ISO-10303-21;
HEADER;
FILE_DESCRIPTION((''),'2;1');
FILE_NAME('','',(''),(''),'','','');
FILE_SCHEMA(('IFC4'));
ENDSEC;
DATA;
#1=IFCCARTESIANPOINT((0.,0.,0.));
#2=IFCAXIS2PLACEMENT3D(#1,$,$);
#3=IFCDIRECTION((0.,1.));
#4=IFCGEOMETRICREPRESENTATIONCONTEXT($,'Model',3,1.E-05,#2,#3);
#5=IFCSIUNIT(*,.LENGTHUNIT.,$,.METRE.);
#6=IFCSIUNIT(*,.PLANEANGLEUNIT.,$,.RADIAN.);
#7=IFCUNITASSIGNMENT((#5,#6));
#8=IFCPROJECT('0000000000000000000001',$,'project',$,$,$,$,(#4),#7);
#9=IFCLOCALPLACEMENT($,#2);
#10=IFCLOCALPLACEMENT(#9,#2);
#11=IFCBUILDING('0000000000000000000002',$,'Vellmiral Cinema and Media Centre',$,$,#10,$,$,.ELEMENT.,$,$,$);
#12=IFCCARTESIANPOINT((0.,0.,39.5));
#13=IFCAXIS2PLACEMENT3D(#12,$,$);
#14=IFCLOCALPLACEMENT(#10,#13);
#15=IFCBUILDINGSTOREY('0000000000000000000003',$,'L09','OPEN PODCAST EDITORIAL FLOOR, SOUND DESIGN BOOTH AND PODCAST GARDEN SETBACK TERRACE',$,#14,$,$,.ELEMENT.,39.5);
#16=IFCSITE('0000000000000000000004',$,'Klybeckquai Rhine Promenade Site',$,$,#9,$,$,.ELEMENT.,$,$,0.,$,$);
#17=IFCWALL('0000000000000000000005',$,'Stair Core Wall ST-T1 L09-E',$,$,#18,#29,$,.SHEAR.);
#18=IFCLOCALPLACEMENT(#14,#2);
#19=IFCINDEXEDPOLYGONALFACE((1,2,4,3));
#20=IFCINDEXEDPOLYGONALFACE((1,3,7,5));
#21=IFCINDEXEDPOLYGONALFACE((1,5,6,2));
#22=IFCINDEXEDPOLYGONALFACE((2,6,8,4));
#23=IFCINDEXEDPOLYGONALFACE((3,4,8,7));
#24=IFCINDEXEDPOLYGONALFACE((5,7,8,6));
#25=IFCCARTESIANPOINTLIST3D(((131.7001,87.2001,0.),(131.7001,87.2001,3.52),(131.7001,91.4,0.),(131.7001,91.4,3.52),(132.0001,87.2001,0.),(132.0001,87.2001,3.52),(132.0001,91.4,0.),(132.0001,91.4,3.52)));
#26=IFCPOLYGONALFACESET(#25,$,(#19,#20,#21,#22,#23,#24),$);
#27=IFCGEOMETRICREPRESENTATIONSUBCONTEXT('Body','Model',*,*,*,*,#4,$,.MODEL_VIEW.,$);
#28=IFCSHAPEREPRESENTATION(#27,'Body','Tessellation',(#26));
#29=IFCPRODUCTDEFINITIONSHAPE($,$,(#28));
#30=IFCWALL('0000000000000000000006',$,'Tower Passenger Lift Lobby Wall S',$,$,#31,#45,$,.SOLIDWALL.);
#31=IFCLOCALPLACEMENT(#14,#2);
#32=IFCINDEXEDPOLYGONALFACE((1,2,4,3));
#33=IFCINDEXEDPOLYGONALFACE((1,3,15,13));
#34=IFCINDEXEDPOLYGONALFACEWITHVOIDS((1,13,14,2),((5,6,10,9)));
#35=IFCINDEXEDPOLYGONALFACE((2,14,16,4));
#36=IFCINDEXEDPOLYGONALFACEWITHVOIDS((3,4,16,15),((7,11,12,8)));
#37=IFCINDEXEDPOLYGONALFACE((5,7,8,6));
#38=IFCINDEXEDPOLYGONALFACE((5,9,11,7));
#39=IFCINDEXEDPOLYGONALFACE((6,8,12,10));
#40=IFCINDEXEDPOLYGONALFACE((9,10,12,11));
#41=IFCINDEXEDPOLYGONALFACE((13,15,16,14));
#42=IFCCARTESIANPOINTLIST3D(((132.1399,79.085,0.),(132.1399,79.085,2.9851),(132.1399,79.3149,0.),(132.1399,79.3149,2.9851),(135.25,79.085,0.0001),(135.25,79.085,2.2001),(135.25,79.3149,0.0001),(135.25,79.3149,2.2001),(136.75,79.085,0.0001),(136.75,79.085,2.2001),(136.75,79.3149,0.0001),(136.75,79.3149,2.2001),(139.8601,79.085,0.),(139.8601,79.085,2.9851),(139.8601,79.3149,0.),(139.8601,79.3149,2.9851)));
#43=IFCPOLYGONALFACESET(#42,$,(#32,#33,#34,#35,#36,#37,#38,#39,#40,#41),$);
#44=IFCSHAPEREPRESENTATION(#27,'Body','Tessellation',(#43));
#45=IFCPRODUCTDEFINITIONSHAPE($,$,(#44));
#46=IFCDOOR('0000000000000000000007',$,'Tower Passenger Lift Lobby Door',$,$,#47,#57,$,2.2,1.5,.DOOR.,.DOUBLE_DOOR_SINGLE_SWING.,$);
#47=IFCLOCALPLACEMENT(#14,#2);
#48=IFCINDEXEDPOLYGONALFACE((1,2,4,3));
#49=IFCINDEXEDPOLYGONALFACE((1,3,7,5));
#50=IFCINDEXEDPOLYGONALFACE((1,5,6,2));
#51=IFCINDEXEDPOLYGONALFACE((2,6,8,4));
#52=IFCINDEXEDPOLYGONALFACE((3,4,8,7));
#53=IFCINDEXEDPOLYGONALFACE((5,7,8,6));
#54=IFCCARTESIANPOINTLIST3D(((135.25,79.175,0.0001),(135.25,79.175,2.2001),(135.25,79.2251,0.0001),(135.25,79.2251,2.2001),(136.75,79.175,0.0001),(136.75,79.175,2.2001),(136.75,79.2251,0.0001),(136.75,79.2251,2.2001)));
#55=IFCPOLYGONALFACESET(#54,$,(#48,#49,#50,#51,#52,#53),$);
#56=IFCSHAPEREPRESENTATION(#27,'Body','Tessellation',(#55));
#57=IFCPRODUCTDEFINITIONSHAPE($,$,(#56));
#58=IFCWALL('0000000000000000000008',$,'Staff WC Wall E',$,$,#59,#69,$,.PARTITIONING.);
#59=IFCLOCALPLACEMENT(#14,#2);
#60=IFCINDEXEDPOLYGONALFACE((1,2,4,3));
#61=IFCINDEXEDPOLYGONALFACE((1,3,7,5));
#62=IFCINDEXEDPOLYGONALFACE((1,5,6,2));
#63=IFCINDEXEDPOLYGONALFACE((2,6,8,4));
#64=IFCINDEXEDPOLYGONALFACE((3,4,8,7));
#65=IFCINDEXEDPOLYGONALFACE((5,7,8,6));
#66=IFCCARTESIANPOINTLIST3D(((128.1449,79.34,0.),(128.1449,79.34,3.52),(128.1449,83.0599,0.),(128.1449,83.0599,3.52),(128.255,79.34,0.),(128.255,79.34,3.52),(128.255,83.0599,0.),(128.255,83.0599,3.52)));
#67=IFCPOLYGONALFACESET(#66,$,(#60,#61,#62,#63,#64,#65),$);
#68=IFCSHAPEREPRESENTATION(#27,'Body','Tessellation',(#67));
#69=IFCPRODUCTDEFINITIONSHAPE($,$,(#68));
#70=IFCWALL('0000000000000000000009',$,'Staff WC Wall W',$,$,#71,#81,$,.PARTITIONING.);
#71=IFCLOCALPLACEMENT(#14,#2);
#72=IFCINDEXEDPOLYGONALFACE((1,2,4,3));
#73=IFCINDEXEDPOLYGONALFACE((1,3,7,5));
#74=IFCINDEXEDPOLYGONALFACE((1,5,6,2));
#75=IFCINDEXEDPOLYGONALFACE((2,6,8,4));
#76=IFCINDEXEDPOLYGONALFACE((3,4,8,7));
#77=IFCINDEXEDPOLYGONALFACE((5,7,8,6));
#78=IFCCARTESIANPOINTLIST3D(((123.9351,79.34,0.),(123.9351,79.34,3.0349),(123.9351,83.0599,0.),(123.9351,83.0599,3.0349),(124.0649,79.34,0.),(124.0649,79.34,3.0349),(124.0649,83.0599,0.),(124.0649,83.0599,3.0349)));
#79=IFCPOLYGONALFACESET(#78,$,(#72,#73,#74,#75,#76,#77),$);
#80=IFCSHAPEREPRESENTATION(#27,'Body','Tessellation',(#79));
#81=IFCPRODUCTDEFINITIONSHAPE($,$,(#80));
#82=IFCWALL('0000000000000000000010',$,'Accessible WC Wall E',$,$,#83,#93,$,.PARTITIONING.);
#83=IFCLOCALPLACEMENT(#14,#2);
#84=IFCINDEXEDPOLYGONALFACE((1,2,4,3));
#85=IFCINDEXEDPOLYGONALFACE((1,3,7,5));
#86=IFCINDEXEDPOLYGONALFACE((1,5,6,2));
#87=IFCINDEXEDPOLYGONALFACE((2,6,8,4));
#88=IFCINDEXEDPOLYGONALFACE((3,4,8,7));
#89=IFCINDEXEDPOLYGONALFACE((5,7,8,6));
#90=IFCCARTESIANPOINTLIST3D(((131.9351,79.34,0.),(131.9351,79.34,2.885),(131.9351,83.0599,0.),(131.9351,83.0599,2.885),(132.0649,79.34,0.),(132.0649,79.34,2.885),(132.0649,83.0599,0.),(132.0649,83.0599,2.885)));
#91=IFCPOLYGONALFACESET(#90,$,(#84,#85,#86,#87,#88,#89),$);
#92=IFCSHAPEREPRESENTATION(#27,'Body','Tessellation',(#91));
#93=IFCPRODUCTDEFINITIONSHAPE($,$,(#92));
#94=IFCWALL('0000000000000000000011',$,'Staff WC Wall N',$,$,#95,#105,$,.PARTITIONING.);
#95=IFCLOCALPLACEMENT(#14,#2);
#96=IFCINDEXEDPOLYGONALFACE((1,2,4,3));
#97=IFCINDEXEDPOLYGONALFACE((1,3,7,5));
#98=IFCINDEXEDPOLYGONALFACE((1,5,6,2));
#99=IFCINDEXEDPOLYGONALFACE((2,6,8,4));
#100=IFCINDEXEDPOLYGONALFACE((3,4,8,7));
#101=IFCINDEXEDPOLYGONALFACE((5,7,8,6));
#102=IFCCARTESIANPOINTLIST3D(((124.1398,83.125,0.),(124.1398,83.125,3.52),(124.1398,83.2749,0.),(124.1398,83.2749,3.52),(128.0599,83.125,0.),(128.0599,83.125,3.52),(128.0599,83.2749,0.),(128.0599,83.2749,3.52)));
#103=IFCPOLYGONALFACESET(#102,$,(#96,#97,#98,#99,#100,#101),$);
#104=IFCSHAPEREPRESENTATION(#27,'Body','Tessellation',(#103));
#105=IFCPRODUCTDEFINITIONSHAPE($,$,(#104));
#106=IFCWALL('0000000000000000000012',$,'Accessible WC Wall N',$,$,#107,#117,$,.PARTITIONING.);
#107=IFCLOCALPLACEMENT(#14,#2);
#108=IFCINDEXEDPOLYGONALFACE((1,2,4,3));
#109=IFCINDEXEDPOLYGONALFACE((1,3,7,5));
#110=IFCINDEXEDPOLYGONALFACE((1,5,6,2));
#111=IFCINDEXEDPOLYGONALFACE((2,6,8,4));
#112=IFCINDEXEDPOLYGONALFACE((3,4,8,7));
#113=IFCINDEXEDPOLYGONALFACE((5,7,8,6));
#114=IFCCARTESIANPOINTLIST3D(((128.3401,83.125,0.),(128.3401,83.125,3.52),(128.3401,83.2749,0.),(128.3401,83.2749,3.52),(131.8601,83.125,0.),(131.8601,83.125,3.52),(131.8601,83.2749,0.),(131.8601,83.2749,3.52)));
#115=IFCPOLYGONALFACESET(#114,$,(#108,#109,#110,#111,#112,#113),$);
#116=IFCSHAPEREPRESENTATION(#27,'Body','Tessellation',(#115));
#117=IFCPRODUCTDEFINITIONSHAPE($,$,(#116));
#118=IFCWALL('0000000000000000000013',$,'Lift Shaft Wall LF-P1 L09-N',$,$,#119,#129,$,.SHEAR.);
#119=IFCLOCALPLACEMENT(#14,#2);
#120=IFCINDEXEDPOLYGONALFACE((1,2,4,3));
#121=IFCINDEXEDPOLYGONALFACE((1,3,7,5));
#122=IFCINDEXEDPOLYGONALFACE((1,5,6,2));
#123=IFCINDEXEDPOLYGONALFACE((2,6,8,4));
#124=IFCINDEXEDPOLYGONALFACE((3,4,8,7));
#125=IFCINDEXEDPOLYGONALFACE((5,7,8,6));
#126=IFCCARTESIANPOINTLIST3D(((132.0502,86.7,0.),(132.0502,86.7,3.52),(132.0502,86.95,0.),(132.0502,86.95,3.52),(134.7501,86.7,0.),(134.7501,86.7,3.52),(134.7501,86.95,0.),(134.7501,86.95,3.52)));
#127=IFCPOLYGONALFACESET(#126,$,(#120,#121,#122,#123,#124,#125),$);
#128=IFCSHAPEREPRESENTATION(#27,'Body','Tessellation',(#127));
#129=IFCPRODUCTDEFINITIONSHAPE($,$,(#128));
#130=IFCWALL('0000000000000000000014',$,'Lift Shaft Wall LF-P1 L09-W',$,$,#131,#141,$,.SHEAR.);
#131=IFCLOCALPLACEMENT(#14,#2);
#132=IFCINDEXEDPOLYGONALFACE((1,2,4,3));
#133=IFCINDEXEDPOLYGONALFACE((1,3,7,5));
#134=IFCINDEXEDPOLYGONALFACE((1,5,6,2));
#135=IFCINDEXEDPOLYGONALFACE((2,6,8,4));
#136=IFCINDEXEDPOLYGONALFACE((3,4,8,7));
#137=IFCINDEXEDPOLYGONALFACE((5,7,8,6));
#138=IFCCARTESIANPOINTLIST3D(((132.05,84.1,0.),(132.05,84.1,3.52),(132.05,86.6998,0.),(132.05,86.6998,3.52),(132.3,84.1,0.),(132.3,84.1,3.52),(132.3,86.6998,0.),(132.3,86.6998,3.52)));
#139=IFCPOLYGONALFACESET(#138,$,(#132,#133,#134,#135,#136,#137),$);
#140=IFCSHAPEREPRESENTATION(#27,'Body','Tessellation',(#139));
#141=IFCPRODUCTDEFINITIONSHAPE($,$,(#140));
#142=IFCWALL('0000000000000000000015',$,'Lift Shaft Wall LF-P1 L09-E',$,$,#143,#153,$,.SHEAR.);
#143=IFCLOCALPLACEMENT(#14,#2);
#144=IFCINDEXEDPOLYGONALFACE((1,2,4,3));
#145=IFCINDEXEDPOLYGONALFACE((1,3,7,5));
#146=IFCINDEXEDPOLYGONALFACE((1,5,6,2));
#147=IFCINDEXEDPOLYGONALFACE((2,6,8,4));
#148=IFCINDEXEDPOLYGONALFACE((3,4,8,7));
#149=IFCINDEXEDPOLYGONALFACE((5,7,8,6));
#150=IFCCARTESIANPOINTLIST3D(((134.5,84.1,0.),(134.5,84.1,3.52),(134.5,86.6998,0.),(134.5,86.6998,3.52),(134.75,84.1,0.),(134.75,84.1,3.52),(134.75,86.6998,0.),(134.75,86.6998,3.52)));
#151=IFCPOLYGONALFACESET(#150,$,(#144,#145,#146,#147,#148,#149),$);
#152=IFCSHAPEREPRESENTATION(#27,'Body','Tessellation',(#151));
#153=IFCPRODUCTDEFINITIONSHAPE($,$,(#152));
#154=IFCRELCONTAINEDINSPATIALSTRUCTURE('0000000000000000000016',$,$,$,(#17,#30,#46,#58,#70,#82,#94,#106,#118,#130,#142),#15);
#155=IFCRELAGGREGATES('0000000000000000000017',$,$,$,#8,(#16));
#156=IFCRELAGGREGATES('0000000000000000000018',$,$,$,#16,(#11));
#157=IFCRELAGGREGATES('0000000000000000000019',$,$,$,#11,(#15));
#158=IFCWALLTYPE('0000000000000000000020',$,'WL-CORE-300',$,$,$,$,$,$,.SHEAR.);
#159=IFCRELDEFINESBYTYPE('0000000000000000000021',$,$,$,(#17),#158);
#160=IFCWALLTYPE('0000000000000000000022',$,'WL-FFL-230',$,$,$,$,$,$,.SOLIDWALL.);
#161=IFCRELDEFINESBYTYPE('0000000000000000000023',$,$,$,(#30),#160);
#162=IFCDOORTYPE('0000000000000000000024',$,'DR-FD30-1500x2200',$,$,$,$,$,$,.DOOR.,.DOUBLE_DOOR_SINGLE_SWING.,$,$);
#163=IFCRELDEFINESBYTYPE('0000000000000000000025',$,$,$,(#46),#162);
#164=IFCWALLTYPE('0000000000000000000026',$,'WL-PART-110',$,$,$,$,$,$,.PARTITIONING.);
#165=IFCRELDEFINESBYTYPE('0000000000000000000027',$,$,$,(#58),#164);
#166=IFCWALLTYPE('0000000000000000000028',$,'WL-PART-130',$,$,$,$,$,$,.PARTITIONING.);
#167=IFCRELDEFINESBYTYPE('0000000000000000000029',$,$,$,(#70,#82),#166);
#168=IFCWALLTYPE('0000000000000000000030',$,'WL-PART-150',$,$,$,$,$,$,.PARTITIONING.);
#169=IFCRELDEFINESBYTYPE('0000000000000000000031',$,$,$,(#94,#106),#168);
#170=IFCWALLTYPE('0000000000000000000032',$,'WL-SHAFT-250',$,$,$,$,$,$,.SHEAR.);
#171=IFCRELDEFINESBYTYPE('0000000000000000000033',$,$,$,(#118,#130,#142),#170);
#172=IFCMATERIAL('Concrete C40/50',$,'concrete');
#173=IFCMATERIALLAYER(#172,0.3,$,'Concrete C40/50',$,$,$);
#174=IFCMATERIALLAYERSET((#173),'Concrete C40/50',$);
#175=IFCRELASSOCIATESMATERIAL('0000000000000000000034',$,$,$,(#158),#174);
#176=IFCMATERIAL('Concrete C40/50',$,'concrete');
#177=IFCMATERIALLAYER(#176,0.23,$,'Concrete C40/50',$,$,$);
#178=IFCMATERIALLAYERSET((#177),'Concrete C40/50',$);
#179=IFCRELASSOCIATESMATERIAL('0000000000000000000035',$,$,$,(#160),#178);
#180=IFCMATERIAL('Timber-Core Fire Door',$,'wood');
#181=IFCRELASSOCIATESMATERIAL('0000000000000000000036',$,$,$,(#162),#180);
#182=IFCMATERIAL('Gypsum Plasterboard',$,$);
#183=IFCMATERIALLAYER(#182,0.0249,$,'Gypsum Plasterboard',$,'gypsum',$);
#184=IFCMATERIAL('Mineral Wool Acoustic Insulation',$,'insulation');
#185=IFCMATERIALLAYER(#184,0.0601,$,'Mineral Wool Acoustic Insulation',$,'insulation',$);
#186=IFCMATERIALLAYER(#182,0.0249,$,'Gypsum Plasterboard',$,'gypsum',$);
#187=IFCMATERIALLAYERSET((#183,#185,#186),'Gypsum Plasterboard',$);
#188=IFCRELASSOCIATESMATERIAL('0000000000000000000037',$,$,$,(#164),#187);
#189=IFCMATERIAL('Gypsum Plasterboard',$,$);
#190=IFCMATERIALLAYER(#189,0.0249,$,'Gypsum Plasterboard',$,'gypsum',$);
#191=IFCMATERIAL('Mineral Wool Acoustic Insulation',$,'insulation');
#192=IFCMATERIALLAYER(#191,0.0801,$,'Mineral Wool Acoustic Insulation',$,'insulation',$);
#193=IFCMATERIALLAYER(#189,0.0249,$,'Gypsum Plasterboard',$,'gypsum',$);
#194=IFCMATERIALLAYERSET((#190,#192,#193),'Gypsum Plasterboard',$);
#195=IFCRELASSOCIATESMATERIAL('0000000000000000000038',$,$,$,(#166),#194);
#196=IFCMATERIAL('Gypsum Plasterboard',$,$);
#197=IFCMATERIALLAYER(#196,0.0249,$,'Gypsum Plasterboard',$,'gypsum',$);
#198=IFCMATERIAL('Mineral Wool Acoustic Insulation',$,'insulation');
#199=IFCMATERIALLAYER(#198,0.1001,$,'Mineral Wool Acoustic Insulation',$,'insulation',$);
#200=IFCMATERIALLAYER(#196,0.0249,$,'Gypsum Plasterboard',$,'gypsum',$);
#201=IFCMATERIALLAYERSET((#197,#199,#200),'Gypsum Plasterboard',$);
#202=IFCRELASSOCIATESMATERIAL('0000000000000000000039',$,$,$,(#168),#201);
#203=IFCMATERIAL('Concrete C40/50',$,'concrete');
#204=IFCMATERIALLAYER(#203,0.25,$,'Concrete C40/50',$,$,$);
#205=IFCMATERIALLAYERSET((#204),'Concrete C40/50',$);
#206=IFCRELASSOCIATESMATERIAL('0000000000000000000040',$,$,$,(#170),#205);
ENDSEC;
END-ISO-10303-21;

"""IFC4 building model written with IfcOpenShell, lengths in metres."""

from ifc_helpers import new_model, si_unit, direction, frame, frame_2d, origin, place, context, subcontext, project, spatial, rectangle, extrude, material, layer, layer_set, type_object, element, fill, save


model = new_model("IFC4")

# Units and contexts
model_context = context("Model", 3, precision=1e-05, world=origin(), true_north=direction((0.0, 1.0)))
body_context = subcontext(model_context, "Body", "Model", "MODEL_VIEW")
ifc_project = project(units=[si_unit("LENGTHUNIT", "METRE"), si_unit("PLANEANGLEUNIT", "RADIAN")], contexts=[model_context])

# Site, building, storey
site_placement = place(None, origin())
site = spatial("IfcSite", under=ifc_project, at=site_placement, Name="Klybeckquai Rhine Promenade Site", CompositionType="ELEMENT", RefElevation=0.0)
building_placement = place(site_placement, origin())
building = spatial("IfcBuilding", under=site, at=building_placement, Name="Vellmiral Cinema and Media Centre", CompositionType="ELEMENT")
storey_placement = place(building_placement, frame((0.0, 0.0, 39.5)))
storey = spatial("IfcBuildingStorey", under=building, at=storey_placement, Name="L09", Description="OPEN PODCAST EDITORIAL FLOOR, SOUND DESIGN BOOTH AND PODCAST GARDEN SETBACK TERRACE", CompositionType="ELEMENT", Elevation=39.5)

# Wall
ifc_material_1 = material(Name="Concrete C40/50", Category="concrete")
ifc_layer_1 = layer(ifc_material_1, 0.3, Name="Concrete C40/50")
ifc_layer_set_1 = layer_set([ifc_layer_1], Name="Concrete C40/50")
wall_type_1 = type_object("IfcWallType", Name="WL-CORE-300", PredefinedType="SHEAR", material=ifc_layer_set_1)
for number, where, z_axis, x_axis, name in (
    (1, (131.8501, 87.2, 0.0), (0.0, 0.0, 1.0), (0.0, 1.0, 0.0), "Stair Core Wall ST-T1 L09-E"),
):
    element("IfcWall", number, at=place(storey_placement, frame(where, z_axis=z_axis, x_axis=x_axis)), inside=storey, type_object=wall_type_1, Name=name, PredefinedType="SHEAR", context=body_context, shape_type="SweptSolid", body=[
        extrude(rectangle(XDim=4.2, YDim=0.3, at=frame_2d((2.1001, 0.0))), origin(), (0.0, 0.0, 1.0), 3.52),
    ])

# Wall, opening, door
ifc_material_2 = material(Name="Concrete C40/50", Category="concrete")
ifc_layer_2 = layer(ifc_material_2, 0.23, Name="Concrete C40/50")
ifc_layer_set_2 = layer_set([ifc_layer_2], Name="Concrete C40/50")
wall_type_2 = type_object("IfcWallType", Name="WL-FFL-230", PredefinedType="SOLIDWALL", material=ifc_layer_set_2)
wall_1_placement = place(storey_placement, frame((132.1399, 79.2, 0.0), z_axis=(0.0, 0.0, 1.0), x_axis=(1.0, 0.0, 0.0)))
wall_1 = element("IfcWall", 2, at=wall_1_placement, inside=storey, type_object=wall_type_2, Name="Tower Passenger Lift Lobby Wall S", PredefinedType="SOLIDWALL", context=body_context, shape_type="SweptSolid", body=[
    extrude(rectangle(XDim=7.7202, YDim=0.23, at=frame_2d((3.8601, 0.0))), origin(), (0.0, 0.0, 1.0), 2.9851),
])
opening_1_placement = place(wall_1_placement, frame((3.1101, 0.0, 0.0)))
opening_1 = element("IfcOpeningElement", 3, at=opening_1_placement, cuts=wall_1, PredefinedType="OPENING", context=body_context, shape_type="SweptSolid", body=[
    extrude(rectangle(XDim=1.5, YDim=2.2, at=frame_2d((0.75, 1.1001))), frame((0.0, 0.127, 0.0), z_axis=(0.0, -1.0, 0.0), x_axis=(1.0, 0.0, 0.0)), (0.0, 0.0, 1.0), 0.2539),
])
ifc_material_3 = material(Name="Timber-Core Fire Door", Category="wood")
door_type_1 = type_object("IfcDoorType", Name="DR-FD30-1500x2200", OperationType="DOUBLE_DOOR_SINGLE_SWING", PredefinedType="DOOR", material=ifc_material_3)
door_1_placement = place(opening_1_placement, frame((1.5, 0.0, 0.0), z_axis=(0.0, 0.0, 1.0), x_axis=(-1.0, 0.0, 0.0)))
door_1 = element("IfcDoor", 4, at=door_1_placement, inside=storey, type_object=door_type_1, Name="Tower Passenger Lift Lobby Door", OperationType="DOUBLE_DOOR_SINGLE_SWING", OverallHeight=2.2, OverallWidth=1.5, PredefinedType="DOOR", context=body_context, shape_type="SweptSolid", body=[
    extrude(rectangle(XDim=1.5, YDim=2.2, at=frame_2d((0.75, 1.1001))), frame((0.0, 0.0249, 0.0), z_axis=(0.0, -1.0, 0.0), x_axis=(1.0, 0.0, 0.0)), (0.0, 0.0, 1.0), 0.05),
])
fill(opening_1, door_1)

# Walls
ifc_material_4 = material(Name="Gypsum Plasterboard")
ifc_layer_3 = layer(ifc_material_4, 0.0249, Name="Gypsum Plasterboard", Category="gypsum")
ifc_material_5 = material(Name="Mineral Wool Acoustic Insulation", Category="insulation")
ifc_layer_4 = layer(ifc_material_5, 0.0601, Name="Mineral Wool Acoustic Insulation", Category="insulation")
ifc_layer_5 = layer(ifc_material_4, 0.0249, Name="Gypsum Plasterboard", Category="gypsum")
ifc_layer_set_3 = layer_set([ifc_layer_3, ifc_layer_4, ifc_layer_5], Name="Gypsum Plasterboard")
wall_type_3 = type_object("IfcWallType", Name="WL-PART-110", PredefinedType="PARTITIONING", material=ifc_layer_set_3)
wall_2_placement = place(storey_placement, frame((128.2, 79.3401, 0.0), z_axis=(0.0, 0.0, 1.0), x_axis=(0.0, 1.0, 0.0)))
element("IfcWall", 5, at=wall_2_placement, inside=storey, type_object=wall_type_3, Name="Staff WC Wall E", PredefinedType="PARTITIONING", context=body_context, shape_type="SweptSolid", body=[
    extrude(rectangle(XDim=3.72, YDim=0.1101, at=frame_2d((1.8599, 0.0))), origin(), (0.0, 0.0, 1.0), 3.52),
])
ifc_material_6 = material(Name="Gypsum Plasterboard")
ifc_layer_6 = layer(ifc_material_6, 0.0249, Name="Gypsum Plasterboard", Category="gypsum")
ifc_material_7 = material(Name="Mineral Wool Acoustic Insulation", Category="insulation")
ifc_layer_7 = layer(ifc_material_7, 0.0801, Name="Mineral Wool Acoustic Insulation", Category="insulation")
ifc_layer_8 = layer(ifc_material_6, 0.0249, Name="Gypsum Plasterboard", Category="gypsum")
ifc_layer_set_4 = layer_set([ifc_layer_6, ifc_layer_7, ifc_layer_8], Name="Gypsum Plasterboard")
wall_type_4 = type_object("IfcWallType", Name="WL-PART-130", PredefinedType="PARTITIONING", material=ifc_layer_set_4)
wall_3_placement = place(storey_placement, frame((124.0, 79.3401, 0.0), z_axis=(0.0, 0.0, 1.0), x_axis=(0.0, 1.0, 0.0)))
element("IfcWall", 6, at=wall_3_placement, inside=storey, type_object=wall_type_4, Name="Staff WC Wall W", PredefinedType="PARTITIONING", context=body_context, shape_type="SweptSolid", body=[
    extrude(rectangle(XDim=3.72, YDim=0.1299, at=frame_2d((1.8599, 0.0))), origin(), (0.0, 0.0, 1.0), 3.0349),
])
wall_4_placement = place(storey_placement, frame((132.0, 79.3401, 0.0), z_axis=(0.0, 0.0, 1.0), x_axis=(0.0, 1.0, 0.0)))
element("IfcWall", 7, at=wall_4_placement, inside=storey, type_object=wall_type_4, Name="Accessible WC Wall E", PredefinedType="PARTITIONING", context=body_context, shape_type="SweptSolid", body=[
    extrude(rectangle(XDim=3.72, YDim=0.1299, at=frame_2d((1.8599, 0.0))), origin(), (0.0, 0.0, 1.0), 2.885),
])
ifc_material_8 = material(Name="Gypsum Plasterboard")
ifc_layer_9 = layer(ifc_material_8, 0.0249, Name="Gypsum Plasterboard", Category="gypsum")
ifc_material_9 = material(Name="Mineral Wool Acoustic Insulation", Category="insulation")
ifc_layer_10 = layer(ifc_material_9, 0.1001, Name="Mineral Wool Acoustic Insulation", Category="insulation")
ifc_layer_11 = layer(ifc_material_8, 0.0249, Name="Gypsum Plasterboard", Category="gypsum")
ifc_layer_set_5 = layer_set([ifc_layer_9, ifc_layer_10, ifc_layer_11], Name="Gypsum Plasterboard")
wall_type_5 = type_object("IfcWallType", Name="WL-PART-150", PredefinedType="PARTITIONING", material=ifc_layer_set_5)
wall_5_placement = place(storey_placement, frame((124.1399, 83.2, 0.0), z_axis=(0.0, 0.0, 1.0), x_axis=(1.0, 0.0, 0.0)))
element("IfcWall", 8, at=wall_5_placement, inside=storey, type_object=wall_type_5, Name="Staff WC Wall N", PredefinedType="PARTITIONING", context=body_context, shape_type="SweptSolid", body=[
    extrude(rectangle(XDim=3.9202, YDim=0.1499, at=frame_2d((1.96, 0.0))), origin(), (0.0, 0.0, 1.0), 3.52),
])
wall_6_placement = place(storey_placement, frame((128.3401, 83.2, 0.0), z_axis=(0.0, 0.0, 1.0), x_axis=(1.0, 0.0, 0.0)))
element("IfcWall", 9, at=wall_6_placement, inside=storey, type_object=wall_type_5, Name="Accessible WC Wall N", PredefinedType="PARTITIONING", context=body_context, shape_type="SweptSolid", body=[
    extrude(rectangle(XDim=3.52, YDim=0.1499, at=frame_2d((1.76, 0.0))), origin(), (0.0, 0.0, 1.0), 3.52),
])

# Shared definitions
ifc_material_10 = material(Name="Concrete C40/50", Category="concrete")
ifc_layer_12 = layer(ifc_material_10, 0.25, Name="Concrete C40/50")
ifc_layer_set_6 = layer_set([ifc_layer_12], Name="Concrete C40/50")
wall_type_6 = type_object("IfcWallType", Name="WL-SHAFT-250", PredefinedType="SHEAR", material=ifc_layer_set_6)

# Walls
wall_7_placement = place(storey_placement, frame((132.05, 86.825, 0.0), z_axis=(0.0, 0.0, 1.0), x_axis=(1.0, 0.0, 0.0)))
element("IfcWall", 10, at=wall_7_placement, inside=storey, type_object=wall_type_6, Name="Lift Shaft Wall LF-P1 L09-N", PredefinedType="SHEAR", context=body_context, shape_type="SweptSolid", body=[
    extrude(rectangle(XDim=2.7, YDim=0.25, at=frame_2d((1.3501, 0.0))), origin(), (0.0, 0.0, 1.0), 3.52),
])
for number, where, z_axis, x_axis, name in (
    (11, (132.175, 84.1001, 0.0), (0.0, 0.0, 1.0), (0.0, 1.0, 0.0), "Lift Shaft Wall LF-P1 L09-W"),
    (12, (134.625, 84.1001, 0.0), (0.0, 0.0, 1.0), (0.0, 1.0, 0.0), "Lift Shaft Wall LF-P1 L09-E"),
):
    element("IfcWall", number, at=place(storey_placement, frame(where, z_axis=z_axis, x_axis=x_axis)), inside=storey, type_object=wall_type_6, Name=name, PredefinedType="SHEAR", context=body_context, shape_type="SweptSolid", body=[
        extrude(rectangle(XDim=2.5999, YDim=0.25, at=frame_2d((1.2998, 0.0))), origin(), (0.0, 0.0, 1.0), 3.52),
    ])

save(model, "model.ifc")
